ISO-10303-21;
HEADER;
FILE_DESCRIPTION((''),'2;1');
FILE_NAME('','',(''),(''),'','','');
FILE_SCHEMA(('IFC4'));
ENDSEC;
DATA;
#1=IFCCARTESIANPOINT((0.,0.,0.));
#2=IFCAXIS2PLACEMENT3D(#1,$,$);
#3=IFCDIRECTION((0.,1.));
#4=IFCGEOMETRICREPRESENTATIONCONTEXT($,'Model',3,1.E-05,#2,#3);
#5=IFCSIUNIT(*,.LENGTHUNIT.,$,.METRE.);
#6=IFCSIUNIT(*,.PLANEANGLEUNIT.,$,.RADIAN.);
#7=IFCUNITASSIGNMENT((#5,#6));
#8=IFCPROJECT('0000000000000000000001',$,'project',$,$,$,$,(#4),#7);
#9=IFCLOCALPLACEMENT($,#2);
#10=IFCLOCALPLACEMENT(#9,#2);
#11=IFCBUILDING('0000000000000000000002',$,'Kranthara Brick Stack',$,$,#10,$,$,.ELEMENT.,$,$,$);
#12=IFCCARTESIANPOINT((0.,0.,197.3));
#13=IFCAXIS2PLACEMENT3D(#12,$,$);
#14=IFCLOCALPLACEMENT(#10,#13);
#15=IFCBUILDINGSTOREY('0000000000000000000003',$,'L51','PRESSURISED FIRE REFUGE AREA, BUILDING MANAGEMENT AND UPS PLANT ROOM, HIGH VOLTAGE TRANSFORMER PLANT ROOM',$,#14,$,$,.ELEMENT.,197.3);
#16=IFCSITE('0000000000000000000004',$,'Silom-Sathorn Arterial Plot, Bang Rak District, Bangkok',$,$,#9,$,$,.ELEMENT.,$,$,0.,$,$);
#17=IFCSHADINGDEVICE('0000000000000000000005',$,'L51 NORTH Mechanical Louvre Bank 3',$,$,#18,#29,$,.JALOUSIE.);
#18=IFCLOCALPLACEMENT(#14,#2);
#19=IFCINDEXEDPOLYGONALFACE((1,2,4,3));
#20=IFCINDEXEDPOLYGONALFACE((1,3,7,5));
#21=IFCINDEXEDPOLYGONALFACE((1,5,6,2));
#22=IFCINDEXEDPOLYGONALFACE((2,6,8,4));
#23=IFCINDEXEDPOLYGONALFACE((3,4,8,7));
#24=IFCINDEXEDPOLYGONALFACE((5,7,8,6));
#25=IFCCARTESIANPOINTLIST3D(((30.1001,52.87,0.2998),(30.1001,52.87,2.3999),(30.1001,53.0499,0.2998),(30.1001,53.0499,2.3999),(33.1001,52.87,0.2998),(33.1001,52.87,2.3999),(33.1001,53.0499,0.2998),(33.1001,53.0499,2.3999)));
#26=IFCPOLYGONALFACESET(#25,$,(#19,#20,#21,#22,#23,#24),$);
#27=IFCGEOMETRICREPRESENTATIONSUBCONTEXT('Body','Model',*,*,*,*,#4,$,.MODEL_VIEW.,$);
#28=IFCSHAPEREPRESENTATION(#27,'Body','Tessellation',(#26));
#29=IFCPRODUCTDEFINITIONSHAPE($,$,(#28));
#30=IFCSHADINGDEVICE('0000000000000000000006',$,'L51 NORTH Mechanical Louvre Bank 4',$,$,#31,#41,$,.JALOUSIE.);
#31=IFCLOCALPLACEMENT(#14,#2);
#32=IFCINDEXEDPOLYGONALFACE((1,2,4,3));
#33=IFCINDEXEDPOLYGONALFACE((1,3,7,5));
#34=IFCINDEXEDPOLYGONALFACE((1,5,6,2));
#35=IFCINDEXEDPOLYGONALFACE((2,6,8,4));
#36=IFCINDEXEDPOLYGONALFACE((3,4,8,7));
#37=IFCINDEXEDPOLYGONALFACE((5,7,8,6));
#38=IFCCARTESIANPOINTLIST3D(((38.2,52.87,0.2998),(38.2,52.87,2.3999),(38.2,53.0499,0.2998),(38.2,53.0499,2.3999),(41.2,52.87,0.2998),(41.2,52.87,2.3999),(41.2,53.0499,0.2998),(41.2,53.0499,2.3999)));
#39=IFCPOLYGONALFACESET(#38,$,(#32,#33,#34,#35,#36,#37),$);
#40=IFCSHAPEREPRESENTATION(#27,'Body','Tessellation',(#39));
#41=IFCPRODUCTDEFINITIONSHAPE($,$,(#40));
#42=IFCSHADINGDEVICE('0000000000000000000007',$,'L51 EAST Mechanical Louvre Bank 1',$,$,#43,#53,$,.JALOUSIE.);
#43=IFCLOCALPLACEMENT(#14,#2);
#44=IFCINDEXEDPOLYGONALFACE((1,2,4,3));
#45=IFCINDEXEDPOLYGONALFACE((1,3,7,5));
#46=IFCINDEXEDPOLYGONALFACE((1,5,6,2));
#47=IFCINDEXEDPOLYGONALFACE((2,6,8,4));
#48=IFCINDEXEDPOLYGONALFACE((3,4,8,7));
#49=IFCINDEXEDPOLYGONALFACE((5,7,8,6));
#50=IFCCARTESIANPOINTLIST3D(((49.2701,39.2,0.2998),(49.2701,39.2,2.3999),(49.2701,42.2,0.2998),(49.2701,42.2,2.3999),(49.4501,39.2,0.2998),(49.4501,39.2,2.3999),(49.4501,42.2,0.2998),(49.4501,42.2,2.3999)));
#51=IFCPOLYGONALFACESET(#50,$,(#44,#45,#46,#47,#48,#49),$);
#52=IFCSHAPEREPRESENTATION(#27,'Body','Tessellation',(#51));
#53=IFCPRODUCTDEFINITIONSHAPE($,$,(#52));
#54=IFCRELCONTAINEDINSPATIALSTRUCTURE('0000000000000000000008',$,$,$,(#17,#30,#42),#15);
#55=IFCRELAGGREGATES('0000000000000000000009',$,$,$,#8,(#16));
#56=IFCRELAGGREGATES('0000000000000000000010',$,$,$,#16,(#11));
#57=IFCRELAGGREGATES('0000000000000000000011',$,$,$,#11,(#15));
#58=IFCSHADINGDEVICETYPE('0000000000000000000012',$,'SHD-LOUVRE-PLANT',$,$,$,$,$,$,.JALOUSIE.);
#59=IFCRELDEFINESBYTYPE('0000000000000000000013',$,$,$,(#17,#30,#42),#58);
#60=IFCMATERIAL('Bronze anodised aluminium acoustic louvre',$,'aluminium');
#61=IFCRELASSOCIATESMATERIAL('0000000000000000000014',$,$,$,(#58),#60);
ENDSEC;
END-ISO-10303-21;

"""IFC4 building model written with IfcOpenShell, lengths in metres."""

from ifc_helpers import new_model, si_unit, direction, frame, origin, origin_2d, place, context, subcontext, project, spatial, rectangle, extrude, material, type_object, element, save


model = new_model("IFC4")

# Units and contexts
model_context = context("Model", 3, precision=1e-05, world=origin(), true_north=direction((0.0, 1.0)))
body_context = subcontext(model_context, "Body", "Model", "MODEL_VIEW")
ifc_project = project(units=[si_unit("LENGTHUNIT", "METRE"), si_unit("PLANEANGLEUNIT", "RADIAN")], contexts=[model_context])

# Site, building, storey
site_placement = place(None, origin())
site = spatial("IfcSite", under=ifc_project, at=site_placement, Name="Silom-Sathorn Arterial Plot, Bang Rak District, Bangkok", CompositionType="ELEMENT", RefElevation=0.0)
building_placement = place(site_placement, origin())
building = spatial("IfcBuilding", under=site, at=building_placement, Name="Kranthara Brick Stack", CompositionType="ELEMENT")
storey_placement = place(building_placement, frame((0.0, 0.0, 197.3)))
storey = spatial("IfcBuildingStorey", under=building, at=storey_placement, Name="L51", Description="PRESSURISED FIRE REFUGE AREA, BUILDING MANAGEMENT AND UPS PLANT ROOM, HIGH VOLTAGE TRANSFORMER PLANT ROOM", CompositionType="ELEMENT", Elevation=197.3)

# Shading devices
ifc_material_1 = material(Name="Bronze anodised aluminium acoustic louvre", Category="aluminium")
shading_device_type = type_object("IfcShadingDeviceType", Name="SHD-LOUVRE-PLANT", PredefinedType="JALOUSIE", material=ifc_material_1)
for number, where, z_axis, x_axis, name in (
    (1, (31.6001, 52.96, 0.2998), (0.0, 0.0, 1.0), (1.0, 0.0, 0.0), "L51 NORTH Mechanical Louvre Bank 3"),
    (2, (39.7, 52.96, 0.2998), (0.0, 0.0, 1.0), (1.0, 0.0, 0.0), "L51 NORTH Mechanical Louvre Bank 4"),
    (3, (49.3601, 40.7, 0.2998), (0.0, 0.0, 1.0), (0.0, -1.0, 0.0), "L51 EAST Mechanical Louvre Bank 1"),
):
    element("IfcShadingDevice", number, at=place(storey_placement, frame(where, z_axis=z_axis, x_axis=x_axis)), inside=storey, type_object=shading_device_type, Name=name, PredefinedType="JALOUSIE", context=body_context, shape_type="SweptSolid", body=[
        extrude(rectangle(XDim=3.0, YDim=0.1799, at=origin_2d()), origin(), (0.0, 0.0, 1.0), 2.1001),
    ])

save(model, "model.ifc")
